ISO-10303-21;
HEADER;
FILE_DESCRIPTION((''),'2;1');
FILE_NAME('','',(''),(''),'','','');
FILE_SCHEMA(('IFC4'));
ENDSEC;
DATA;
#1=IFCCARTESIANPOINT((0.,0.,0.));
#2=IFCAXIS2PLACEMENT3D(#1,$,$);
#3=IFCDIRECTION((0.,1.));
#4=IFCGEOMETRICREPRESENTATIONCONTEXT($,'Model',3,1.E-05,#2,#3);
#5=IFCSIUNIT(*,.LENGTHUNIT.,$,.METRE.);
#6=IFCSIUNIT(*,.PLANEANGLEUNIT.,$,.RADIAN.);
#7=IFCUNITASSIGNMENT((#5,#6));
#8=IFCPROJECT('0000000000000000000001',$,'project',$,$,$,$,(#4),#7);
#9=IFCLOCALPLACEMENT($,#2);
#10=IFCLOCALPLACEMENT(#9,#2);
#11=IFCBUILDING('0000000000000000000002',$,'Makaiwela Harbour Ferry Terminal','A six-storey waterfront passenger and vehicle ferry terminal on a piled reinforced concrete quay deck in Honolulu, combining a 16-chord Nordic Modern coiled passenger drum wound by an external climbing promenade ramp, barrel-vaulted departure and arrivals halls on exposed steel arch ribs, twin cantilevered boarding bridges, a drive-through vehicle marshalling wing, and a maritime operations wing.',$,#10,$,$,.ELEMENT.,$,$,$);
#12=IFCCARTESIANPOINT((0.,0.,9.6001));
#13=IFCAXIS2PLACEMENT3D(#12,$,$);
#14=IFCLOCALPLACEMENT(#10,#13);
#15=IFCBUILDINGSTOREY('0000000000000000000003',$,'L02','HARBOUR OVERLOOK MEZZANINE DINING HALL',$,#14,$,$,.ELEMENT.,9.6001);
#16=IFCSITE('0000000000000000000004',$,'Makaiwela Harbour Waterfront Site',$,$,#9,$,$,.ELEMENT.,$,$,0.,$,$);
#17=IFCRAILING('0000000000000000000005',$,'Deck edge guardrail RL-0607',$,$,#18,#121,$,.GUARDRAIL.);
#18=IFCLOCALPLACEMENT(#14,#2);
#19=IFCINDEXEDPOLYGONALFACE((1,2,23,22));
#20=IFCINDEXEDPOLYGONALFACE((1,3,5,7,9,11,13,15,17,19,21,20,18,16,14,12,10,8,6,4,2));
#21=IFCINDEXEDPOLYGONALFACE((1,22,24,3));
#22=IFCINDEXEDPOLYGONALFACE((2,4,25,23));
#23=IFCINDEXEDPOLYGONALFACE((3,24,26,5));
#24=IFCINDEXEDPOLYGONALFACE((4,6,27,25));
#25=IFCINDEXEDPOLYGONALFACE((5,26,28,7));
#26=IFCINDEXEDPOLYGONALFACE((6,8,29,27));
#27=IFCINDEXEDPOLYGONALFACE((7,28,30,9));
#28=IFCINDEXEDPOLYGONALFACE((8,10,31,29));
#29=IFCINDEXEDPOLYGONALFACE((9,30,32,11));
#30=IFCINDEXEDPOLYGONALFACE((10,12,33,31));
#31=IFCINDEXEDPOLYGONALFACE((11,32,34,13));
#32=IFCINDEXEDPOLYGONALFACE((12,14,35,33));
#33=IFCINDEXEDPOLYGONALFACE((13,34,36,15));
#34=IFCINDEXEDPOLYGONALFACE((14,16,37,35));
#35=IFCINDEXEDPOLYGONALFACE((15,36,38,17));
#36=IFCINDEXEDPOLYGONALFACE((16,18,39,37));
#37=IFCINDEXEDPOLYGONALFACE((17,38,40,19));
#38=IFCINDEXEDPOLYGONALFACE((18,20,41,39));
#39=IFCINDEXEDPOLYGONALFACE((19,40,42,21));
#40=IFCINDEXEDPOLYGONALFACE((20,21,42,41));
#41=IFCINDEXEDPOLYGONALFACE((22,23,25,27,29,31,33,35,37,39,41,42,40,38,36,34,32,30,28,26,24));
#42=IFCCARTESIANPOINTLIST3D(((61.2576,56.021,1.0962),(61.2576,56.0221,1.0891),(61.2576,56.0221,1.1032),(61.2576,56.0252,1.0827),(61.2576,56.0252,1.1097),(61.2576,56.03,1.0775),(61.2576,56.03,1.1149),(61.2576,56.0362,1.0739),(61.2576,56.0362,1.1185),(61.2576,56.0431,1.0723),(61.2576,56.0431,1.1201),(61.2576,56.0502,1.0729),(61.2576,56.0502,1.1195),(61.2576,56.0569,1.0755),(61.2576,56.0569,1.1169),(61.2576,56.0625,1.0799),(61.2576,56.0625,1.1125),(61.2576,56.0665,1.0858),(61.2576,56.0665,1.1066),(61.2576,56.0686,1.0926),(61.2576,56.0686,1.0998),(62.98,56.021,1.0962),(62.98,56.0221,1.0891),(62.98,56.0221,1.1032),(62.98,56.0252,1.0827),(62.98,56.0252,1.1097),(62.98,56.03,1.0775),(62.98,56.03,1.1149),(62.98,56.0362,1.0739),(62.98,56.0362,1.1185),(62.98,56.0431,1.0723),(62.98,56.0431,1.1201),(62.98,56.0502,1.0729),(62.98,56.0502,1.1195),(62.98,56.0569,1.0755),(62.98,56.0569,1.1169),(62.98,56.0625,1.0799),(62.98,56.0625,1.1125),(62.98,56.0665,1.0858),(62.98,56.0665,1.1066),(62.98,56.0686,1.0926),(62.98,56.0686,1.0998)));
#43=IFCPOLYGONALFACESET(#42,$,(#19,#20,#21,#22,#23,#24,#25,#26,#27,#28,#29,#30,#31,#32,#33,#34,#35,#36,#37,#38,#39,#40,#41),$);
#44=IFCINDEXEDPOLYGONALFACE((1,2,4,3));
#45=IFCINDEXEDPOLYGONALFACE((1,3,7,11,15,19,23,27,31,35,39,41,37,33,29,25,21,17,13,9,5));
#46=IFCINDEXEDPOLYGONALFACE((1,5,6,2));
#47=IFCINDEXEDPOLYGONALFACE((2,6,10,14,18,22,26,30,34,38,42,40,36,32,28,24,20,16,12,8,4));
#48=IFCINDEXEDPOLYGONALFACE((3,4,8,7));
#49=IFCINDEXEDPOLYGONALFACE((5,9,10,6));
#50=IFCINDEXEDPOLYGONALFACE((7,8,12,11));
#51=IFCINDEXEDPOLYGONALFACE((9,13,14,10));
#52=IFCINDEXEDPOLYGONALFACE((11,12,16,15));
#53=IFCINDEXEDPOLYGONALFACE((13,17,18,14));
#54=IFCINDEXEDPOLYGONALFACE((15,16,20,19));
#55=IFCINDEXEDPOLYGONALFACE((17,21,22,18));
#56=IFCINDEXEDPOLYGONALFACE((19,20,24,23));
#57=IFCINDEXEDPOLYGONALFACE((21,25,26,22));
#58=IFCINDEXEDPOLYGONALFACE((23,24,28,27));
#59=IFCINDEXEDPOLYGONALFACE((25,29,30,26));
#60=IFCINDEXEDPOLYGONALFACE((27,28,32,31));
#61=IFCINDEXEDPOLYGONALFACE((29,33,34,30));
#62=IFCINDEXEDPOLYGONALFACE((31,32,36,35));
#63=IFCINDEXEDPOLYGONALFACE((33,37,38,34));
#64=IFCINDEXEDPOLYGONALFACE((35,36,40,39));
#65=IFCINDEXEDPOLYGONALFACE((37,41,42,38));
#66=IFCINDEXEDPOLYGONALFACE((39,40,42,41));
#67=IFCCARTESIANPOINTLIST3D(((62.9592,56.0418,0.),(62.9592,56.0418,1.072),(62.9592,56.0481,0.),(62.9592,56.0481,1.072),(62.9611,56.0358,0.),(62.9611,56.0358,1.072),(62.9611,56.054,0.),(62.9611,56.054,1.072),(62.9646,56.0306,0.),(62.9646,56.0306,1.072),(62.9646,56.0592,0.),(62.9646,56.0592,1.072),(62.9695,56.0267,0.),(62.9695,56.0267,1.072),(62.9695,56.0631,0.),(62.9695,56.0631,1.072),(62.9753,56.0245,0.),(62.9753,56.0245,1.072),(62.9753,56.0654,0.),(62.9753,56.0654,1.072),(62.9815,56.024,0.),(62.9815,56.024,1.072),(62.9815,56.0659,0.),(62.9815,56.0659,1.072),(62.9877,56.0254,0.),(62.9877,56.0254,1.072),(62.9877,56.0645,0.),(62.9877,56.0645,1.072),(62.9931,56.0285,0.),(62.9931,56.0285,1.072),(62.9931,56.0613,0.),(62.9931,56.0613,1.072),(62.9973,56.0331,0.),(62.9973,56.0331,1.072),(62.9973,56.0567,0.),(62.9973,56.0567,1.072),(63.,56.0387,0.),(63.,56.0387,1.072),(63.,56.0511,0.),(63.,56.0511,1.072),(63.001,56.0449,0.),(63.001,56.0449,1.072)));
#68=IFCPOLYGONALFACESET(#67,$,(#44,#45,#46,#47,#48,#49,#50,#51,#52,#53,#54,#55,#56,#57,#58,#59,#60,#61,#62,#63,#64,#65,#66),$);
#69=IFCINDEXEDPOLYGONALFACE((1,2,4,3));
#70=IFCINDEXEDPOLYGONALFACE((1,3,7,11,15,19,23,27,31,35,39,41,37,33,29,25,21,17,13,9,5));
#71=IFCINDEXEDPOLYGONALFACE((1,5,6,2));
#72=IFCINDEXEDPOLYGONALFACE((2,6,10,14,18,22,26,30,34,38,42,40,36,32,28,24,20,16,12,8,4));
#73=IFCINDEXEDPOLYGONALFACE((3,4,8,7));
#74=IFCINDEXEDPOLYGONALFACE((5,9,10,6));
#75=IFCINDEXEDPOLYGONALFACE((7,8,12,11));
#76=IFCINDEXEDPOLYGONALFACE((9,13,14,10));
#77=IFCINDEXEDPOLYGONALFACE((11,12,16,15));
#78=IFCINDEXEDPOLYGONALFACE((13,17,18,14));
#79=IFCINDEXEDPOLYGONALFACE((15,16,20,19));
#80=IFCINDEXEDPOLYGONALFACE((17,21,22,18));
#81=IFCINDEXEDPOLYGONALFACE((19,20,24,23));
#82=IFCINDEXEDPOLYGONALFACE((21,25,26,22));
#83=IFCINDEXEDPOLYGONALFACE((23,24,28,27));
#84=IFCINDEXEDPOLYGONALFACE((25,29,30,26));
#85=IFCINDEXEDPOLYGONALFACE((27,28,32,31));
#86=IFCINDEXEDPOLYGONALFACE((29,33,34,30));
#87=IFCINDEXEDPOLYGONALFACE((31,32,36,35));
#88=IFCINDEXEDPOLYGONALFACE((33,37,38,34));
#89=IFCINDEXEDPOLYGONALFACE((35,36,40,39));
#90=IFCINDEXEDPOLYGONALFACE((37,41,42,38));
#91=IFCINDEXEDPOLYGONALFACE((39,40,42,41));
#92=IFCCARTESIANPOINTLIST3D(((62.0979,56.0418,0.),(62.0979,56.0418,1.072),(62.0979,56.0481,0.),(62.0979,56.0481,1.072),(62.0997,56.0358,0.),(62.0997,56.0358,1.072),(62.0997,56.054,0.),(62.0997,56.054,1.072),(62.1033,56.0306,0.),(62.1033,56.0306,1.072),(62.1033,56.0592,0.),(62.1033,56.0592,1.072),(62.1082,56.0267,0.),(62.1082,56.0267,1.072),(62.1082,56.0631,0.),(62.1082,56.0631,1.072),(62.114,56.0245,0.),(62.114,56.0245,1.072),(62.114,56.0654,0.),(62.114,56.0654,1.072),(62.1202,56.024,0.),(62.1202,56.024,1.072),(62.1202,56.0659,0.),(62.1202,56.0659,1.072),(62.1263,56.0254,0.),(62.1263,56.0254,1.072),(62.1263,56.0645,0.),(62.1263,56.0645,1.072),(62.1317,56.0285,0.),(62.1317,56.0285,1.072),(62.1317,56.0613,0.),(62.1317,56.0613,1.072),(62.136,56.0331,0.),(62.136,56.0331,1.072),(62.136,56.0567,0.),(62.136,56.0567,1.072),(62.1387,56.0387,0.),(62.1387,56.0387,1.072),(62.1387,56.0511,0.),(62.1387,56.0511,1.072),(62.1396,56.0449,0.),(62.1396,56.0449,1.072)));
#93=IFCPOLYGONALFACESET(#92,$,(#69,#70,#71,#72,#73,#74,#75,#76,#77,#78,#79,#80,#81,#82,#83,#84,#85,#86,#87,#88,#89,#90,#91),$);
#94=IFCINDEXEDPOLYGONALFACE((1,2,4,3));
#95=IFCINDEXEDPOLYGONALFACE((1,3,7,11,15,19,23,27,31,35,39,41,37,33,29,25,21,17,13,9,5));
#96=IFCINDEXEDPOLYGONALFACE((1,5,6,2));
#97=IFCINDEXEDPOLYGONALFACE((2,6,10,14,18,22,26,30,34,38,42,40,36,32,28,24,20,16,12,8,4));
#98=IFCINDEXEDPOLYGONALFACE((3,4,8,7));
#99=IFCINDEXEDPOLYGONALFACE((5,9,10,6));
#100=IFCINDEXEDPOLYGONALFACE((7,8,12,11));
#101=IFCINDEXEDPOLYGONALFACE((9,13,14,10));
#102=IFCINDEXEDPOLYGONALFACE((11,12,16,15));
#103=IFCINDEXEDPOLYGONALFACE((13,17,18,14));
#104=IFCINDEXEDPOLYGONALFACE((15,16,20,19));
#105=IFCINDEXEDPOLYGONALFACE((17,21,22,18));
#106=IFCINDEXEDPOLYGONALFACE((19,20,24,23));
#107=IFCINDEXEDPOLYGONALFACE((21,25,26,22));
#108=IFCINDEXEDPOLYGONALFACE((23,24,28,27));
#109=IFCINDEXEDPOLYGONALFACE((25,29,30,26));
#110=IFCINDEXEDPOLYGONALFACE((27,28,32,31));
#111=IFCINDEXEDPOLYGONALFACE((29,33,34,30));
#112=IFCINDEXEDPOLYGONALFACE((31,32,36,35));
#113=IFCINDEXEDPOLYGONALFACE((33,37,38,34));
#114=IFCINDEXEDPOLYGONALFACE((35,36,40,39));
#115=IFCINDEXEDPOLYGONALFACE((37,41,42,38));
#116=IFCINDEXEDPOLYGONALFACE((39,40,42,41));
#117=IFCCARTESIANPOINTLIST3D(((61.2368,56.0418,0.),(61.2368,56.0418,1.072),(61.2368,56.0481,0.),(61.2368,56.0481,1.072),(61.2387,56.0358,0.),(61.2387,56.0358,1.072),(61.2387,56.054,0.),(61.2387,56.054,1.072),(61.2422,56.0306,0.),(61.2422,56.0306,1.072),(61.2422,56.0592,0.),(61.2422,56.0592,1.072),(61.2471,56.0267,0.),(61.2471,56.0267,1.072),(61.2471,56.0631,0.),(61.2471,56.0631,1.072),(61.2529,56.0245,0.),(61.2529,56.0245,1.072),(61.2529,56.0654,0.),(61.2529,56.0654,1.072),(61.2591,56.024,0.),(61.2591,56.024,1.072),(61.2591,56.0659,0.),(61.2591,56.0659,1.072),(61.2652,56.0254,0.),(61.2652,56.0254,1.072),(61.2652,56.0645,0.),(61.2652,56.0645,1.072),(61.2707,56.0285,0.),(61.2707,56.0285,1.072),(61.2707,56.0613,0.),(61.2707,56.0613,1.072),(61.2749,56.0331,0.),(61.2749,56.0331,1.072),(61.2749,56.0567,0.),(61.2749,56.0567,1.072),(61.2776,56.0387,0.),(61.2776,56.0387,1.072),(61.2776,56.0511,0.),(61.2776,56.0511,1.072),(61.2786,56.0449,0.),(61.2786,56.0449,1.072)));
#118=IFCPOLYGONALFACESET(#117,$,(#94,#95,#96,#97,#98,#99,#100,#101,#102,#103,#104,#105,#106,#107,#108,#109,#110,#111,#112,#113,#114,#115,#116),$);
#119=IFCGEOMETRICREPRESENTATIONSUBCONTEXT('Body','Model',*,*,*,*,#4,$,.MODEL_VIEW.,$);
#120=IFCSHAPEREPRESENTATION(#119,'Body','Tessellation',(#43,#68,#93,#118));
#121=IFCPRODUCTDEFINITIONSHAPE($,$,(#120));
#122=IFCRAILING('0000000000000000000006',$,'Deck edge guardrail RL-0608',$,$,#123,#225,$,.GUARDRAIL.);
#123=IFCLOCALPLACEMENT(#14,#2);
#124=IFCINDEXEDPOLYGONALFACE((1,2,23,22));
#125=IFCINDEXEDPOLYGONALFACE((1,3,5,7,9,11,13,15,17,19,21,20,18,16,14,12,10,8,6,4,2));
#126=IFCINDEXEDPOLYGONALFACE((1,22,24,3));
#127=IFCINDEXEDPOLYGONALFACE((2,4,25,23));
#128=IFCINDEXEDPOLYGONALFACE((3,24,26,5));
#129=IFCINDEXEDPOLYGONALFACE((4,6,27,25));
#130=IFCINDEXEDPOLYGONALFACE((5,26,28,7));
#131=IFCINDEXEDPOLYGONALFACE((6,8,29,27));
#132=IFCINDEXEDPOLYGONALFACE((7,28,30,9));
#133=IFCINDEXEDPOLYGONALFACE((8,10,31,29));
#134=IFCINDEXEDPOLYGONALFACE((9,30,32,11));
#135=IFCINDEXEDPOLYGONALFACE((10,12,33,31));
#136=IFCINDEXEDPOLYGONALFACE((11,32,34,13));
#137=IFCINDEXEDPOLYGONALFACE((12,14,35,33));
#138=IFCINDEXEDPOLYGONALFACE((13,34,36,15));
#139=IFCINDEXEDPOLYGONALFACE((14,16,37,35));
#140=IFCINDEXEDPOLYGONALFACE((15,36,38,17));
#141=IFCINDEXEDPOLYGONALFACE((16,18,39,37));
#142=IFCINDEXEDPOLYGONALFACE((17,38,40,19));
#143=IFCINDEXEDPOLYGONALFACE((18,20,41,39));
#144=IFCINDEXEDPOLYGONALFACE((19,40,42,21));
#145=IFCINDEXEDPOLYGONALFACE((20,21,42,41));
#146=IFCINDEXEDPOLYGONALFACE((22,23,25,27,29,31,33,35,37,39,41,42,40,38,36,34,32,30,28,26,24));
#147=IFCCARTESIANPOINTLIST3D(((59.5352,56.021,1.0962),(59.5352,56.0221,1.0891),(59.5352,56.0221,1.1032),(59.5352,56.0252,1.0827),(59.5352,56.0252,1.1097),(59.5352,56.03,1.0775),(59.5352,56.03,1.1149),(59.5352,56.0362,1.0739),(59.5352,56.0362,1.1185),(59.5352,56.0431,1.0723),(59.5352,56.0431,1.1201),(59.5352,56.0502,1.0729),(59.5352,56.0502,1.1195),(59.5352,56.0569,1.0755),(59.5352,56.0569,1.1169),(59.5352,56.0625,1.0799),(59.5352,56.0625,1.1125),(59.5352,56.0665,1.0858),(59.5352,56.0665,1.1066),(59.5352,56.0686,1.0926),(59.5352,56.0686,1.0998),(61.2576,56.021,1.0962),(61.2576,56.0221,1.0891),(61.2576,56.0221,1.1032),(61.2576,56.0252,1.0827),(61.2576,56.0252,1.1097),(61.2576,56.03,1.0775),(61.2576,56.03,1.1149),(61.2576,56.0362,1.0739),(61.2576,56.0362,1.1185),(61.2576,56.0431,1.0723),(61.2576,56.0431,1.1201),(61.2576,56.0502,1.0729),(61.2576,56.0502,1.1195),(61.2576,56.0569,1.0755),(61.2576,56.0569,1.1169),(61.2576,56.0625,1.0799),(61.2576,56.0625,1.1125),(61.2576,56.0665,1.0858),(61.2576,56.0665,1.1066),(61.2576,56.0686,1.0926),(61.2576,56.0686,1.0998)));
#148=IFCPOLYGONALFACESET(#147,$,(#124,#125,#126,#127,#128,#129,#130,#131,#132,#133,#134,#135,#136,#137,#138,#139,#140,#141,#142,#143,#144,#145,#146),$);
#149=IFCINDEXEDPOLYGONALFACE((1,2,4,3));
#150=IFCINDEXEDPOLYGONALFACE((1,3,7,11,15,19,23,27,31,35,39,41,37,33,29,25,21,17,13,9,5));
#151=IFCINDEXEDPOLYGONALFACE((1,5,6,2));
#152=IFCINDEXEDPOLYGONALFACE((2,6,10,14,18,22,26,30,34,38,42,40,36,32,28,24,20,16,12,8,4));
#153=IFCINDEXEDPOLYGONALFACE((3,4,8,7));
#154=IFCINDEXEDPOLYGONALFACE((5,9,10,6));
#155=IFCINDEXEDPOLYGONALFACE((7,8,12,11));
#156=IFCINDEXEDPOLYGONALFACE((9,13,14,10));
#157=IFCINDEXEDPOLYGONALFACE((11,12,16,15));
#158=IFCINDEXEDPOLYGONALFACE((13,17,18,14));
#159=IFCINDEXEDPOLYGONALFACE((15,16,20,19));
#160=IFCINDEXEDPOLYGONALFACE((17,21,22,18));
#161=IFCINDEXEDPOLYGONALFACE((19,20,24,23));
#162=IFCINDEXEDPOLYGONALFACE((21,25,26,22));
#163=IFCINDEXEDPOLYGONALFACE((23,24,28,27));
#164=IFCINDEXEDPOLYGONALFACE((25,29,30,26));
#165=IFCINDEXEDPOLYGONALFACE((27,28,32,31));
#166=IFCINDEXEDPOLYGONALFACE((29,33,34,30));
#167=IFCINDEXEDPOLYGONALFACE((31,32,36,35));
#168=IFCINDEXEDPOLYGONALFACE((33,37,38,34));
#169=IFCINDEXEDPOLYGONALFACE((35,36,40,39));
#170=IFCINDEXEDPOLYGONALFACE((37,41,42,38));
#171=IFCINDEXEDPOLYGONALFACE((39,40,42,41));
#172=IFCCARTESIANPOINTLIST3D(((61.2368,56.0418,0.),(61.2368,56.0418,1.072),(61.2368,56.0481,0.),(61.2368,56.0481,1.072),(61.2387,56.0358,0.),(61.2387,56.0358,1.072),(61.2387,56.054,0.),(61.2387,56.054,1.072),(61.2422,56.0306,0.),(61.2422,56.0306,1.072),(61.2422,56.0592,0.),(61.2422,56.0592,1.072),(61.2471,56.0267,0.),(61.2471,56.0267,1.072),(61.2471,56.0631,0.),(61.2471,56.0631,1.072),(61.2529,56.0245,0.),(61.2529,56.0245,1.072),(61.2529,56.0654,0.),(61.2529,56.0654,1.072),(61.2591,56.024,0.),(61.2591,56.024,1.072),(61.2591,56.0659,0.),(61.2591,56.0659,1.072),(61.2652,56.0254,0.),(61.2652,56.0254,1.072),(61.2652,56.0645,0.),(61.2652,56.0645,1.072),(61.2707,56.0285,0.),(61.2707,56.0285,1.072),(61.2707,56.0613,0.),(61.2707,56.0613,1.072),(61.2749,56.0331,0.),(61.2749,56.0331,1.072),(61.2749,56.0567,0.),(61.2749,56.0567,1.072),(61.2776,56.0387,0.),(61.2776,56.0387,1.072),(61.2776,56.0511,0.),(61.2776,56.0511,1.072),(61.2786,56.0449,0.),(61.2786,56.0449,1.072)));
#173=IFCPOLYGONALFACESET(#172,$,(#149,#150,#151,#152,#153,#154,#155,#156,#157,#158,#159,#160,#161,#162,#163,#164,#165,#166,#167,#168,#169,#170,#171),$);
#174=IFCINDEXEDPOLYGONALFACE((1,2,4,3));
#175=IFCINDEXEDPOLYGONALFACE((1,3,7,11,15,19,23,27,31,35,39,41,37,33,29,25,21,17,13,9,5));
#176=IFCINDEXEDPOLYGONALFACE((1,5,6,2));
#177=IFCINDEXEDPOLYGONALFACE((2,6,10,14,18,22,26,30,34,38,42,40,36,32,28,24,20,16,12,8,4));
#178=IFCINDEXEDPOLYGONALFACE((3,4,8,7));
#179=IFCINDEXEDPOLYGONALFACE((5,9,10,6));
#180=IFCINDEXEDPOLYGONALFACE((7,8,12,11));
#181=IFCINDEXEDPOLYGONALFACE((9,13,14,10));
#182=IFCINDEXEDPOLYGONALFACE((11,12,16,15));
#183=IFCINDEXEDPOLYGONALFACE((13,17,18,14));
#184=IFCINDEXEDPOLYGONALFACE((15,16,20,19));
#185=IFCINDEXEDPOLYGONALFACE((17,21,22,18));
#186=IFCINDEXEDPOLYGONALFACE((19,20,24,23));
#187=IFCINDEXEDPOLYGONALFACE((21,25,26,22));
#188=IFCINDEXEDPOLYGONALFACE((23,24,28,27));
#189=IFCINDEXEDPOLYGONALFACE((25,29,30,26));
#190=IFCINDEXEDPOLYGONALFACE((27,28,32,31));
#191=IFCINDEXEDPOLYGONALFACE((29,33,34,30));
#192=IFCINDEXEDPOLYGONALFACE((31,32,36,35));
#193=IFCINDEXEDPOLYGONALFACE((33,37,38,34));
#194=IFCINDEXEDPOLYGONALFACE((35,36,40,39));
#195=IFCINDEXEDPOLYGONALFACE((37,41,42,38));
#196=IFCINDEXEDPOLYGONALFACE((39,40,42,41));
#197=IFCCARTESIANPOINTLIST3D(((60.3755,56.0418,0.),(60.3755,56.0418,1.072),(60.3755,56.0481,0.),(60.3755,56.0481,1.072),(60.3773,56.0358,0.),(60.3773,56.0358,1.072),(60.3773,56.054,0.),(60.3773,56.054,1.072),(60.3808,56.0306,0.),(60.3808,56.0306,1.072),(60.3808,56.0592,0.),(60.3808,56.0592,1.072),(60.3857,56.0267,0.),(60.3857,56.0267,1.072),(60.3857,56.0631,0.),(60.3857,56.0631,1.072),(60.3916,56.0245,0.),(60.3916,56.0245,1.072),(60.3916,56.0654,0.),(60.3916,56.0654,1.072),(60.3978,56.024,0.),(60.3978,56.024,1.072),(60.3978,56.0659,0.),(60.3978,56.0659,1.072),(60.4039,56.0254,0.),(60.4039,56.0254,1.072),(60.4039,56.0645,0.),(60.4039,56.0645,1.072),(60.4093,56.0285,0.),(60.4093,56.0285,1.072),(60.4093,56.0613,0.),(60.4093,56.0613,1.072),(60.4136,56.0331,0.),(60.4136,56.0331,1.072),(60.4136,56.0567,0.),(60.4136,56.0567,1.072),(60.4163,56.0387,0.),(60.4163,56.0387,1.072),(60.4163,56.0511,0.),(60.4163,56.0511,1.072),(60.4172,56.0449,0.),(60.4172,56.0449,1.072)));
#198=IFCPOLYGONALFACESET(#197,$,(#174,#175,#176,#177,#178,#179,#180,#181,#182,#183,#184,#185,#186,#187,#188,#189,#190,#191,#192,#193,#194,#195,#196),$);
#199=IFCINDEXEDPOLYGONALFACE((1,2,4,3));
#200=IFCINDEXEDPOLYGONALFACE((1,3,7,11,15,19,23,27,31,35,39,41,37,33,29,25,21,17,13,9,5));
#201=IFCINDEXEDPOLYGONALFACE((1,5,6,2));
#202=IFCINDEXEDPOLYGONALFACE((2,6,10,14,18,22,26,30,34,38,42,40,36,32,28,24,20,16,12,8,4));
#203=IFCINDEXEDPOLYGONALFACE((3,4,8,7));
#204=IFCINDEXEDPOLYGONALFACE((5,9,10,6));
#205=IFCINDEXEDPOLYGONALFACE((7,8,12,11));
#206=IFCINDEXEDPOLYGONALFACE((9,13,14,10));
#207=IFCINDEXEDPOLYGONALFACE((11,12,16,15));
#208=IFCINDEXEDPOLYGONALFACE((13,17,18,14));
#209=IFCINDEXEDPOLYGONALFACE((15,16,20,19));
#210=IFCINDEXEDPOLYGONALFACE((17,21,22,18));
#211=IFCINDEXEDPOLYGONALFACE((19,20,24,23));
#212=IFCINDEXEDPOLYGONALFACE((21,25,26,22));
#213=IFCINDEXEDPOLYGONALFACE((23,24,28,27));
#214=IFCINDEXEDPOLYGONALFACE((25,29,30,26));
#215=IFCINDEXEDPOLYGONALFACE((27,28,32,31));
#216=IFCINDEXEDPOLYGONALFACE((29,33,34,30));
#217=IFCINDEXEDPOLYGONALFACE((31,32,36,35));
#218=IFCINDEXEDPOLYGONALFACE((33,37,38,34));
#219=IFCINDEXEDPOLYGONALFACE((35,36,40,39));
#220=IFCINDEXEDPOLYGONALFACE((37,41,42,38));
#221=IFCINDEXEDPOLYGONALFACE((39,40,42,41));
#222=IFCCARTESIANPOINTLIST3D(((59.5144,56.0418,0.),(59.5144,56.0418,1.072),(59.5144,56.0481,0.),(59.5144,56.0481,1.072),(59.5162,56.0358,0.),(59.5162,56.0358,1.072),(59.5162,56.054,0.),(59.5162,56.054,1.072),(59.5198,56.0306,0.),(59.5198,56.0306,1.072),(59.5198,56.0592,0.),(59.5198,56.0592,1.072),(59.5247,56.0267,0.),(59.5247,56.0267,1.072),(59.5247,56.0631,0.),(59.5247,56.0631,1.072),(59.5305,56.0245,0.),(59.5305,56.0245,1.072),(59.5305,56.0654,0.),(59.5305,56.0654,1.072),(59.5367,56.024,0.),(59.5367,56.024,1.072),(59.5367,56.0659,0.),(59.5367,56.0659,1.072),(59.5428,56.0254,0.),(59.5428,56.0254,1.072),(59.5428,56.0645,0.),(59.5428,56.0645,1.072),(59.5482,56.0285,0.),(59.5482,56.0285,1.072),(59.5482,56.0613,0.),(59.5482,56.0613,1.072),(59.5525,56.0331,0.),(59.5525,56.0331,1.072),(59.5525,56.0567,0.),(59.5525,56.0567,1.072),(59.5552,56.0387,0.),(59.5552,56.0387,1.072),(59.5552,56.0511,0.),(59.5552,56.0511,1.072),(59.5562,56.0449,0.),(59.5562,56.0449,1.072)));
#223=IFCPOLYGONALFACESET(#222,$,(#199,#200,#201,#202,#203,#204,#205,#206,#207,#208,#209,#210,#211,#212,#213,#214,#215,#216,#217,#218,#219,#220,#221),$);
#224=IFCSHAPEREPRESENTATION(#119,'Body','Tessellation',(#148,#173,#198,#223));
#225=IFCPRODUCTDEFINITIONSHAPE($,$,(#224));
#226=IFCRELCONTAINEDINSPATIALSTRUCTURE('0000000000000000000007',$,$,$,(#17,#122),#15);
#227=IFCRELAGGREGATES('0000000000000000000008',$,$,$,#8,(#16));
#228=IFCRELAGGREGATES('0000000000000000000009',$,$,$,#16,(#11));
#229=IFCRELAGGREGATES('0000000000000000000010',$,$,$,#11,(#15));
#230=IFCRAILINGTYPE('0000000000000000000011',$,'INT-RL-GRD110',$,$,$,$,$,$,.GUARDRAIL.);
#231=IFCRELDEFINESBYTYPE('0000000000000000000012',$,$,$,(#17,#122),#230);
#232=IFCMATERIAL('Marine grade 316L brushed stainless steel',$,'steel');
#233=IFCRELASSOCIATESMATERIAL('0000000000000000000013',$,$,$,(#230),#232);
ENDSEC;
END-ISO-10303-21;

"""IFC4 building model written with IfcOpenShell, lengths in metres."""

from ifc_helpers import new_model, si_unit, direction, frame, origin, origin_2d, place, context, subcontext, project, spatial, circle, extrude, material, type_object, element, save


model = new_model("IFC4")

# Units and contexts
model_context = context("Model", 3, precision=1e-05, world=origin(), true_north=direction((0.0, 1.0)))
body_context = subcontext(model_context, "Body", "Model", "MODEL_VIEW")
ifc_project = project(units=[si_unit("LENGTHUNIT", "METRE"), si_unit("PLANEANGLEUNIT", "RADIAN")], contexts=[model_context])

# Site, building, storey
site_placement = place(None, origin())
site = spatial("IfcSite", under=ifc_project, at=site_placement, Name="Makaiwela Harbour Waterfront Site", CompositionType="ELEMENT", RefElevation=0.0)
building_placement = place(site_placement, origin())
building = spatial("IfcBuilding", under=site, at=building_placement, Name="Makaiwela Harbour Ferry Terminal", Description="A six-storey waterfront passenger and vehicle ferry terminal on a piled reinforced concrete quay deck in Honolulu, combining a 16-chord Nordic Modern coiled passenger drum wound by an external climbing promenade ramp, barrel-vaulted departure and arrivals halls on exposed steel arch ribs, twin cantilevered boarding bridges, a drive-through vehicle marshalling wing, and a maritime operations wing.", CompositionType="ELEMENT")
storey_placement = place(building_placement, frame((0.0, 0.0, 9.6001)))
storey = spatial("IfcBuildingStorey", under=building, at=storey_placement, Name="L02", Description="HARBOUR OVERLOOK MEZZANINE DINING HALL", CompositionType="ELEMENT", Elevation=9.6001)

# Shared definitions
ifc_material_1 = material(Name="Marine grade 316L brushed stainless steel", Category="steel")

# Railings
railing_type = type_object("IfcRailingType", Name="INT-RL-GRD110", PredefinedType="GUARDRAIL", material=ifc_material_1)
for number, where, name in (
    (1, (62.98, 56.0449, 0.0), "Deck edge guardrail RL-0607"),
    (2, (61.2576, 56.0449, 0.0), "Deck edge guardrail RL-0608"),
):
    element("IfcRailing", number, at=place(storey_placement, frame(where)), inside=storey, type_object=railing_type, Name=name, PredefinedType="GUARDRAIL", context=body_context, shape_type="SweptSolid", body=[
        extrude(circle(Radius=0.0239, at=origin_2d()), frame((0.0, 0.0, 1.0962), z_axis=(-1.0, 0.0, 0.0), x_axis=(0.0, -1.0, 0.0)), (0.0, 0.0, 1.0), 1.7224),
        extrude(circle(Radius=0.021, at=origin_2d()), origin(), (0.0, 0.0, 1.0), 1.072),
        extrude(circle(Radius=0.021, at=origin_2d()), frame((-0.8613, 0.0, 0.0)), (0.0, 0.0, 1.0), 1.072),
        extrude(circle(Radius=0.021, at=origin_2d()), frame((-1.7224, 0.0, 0.0)), (0.0, 0.0, 1.0), 1.072),
    ])

save(model, "model.ifc")
